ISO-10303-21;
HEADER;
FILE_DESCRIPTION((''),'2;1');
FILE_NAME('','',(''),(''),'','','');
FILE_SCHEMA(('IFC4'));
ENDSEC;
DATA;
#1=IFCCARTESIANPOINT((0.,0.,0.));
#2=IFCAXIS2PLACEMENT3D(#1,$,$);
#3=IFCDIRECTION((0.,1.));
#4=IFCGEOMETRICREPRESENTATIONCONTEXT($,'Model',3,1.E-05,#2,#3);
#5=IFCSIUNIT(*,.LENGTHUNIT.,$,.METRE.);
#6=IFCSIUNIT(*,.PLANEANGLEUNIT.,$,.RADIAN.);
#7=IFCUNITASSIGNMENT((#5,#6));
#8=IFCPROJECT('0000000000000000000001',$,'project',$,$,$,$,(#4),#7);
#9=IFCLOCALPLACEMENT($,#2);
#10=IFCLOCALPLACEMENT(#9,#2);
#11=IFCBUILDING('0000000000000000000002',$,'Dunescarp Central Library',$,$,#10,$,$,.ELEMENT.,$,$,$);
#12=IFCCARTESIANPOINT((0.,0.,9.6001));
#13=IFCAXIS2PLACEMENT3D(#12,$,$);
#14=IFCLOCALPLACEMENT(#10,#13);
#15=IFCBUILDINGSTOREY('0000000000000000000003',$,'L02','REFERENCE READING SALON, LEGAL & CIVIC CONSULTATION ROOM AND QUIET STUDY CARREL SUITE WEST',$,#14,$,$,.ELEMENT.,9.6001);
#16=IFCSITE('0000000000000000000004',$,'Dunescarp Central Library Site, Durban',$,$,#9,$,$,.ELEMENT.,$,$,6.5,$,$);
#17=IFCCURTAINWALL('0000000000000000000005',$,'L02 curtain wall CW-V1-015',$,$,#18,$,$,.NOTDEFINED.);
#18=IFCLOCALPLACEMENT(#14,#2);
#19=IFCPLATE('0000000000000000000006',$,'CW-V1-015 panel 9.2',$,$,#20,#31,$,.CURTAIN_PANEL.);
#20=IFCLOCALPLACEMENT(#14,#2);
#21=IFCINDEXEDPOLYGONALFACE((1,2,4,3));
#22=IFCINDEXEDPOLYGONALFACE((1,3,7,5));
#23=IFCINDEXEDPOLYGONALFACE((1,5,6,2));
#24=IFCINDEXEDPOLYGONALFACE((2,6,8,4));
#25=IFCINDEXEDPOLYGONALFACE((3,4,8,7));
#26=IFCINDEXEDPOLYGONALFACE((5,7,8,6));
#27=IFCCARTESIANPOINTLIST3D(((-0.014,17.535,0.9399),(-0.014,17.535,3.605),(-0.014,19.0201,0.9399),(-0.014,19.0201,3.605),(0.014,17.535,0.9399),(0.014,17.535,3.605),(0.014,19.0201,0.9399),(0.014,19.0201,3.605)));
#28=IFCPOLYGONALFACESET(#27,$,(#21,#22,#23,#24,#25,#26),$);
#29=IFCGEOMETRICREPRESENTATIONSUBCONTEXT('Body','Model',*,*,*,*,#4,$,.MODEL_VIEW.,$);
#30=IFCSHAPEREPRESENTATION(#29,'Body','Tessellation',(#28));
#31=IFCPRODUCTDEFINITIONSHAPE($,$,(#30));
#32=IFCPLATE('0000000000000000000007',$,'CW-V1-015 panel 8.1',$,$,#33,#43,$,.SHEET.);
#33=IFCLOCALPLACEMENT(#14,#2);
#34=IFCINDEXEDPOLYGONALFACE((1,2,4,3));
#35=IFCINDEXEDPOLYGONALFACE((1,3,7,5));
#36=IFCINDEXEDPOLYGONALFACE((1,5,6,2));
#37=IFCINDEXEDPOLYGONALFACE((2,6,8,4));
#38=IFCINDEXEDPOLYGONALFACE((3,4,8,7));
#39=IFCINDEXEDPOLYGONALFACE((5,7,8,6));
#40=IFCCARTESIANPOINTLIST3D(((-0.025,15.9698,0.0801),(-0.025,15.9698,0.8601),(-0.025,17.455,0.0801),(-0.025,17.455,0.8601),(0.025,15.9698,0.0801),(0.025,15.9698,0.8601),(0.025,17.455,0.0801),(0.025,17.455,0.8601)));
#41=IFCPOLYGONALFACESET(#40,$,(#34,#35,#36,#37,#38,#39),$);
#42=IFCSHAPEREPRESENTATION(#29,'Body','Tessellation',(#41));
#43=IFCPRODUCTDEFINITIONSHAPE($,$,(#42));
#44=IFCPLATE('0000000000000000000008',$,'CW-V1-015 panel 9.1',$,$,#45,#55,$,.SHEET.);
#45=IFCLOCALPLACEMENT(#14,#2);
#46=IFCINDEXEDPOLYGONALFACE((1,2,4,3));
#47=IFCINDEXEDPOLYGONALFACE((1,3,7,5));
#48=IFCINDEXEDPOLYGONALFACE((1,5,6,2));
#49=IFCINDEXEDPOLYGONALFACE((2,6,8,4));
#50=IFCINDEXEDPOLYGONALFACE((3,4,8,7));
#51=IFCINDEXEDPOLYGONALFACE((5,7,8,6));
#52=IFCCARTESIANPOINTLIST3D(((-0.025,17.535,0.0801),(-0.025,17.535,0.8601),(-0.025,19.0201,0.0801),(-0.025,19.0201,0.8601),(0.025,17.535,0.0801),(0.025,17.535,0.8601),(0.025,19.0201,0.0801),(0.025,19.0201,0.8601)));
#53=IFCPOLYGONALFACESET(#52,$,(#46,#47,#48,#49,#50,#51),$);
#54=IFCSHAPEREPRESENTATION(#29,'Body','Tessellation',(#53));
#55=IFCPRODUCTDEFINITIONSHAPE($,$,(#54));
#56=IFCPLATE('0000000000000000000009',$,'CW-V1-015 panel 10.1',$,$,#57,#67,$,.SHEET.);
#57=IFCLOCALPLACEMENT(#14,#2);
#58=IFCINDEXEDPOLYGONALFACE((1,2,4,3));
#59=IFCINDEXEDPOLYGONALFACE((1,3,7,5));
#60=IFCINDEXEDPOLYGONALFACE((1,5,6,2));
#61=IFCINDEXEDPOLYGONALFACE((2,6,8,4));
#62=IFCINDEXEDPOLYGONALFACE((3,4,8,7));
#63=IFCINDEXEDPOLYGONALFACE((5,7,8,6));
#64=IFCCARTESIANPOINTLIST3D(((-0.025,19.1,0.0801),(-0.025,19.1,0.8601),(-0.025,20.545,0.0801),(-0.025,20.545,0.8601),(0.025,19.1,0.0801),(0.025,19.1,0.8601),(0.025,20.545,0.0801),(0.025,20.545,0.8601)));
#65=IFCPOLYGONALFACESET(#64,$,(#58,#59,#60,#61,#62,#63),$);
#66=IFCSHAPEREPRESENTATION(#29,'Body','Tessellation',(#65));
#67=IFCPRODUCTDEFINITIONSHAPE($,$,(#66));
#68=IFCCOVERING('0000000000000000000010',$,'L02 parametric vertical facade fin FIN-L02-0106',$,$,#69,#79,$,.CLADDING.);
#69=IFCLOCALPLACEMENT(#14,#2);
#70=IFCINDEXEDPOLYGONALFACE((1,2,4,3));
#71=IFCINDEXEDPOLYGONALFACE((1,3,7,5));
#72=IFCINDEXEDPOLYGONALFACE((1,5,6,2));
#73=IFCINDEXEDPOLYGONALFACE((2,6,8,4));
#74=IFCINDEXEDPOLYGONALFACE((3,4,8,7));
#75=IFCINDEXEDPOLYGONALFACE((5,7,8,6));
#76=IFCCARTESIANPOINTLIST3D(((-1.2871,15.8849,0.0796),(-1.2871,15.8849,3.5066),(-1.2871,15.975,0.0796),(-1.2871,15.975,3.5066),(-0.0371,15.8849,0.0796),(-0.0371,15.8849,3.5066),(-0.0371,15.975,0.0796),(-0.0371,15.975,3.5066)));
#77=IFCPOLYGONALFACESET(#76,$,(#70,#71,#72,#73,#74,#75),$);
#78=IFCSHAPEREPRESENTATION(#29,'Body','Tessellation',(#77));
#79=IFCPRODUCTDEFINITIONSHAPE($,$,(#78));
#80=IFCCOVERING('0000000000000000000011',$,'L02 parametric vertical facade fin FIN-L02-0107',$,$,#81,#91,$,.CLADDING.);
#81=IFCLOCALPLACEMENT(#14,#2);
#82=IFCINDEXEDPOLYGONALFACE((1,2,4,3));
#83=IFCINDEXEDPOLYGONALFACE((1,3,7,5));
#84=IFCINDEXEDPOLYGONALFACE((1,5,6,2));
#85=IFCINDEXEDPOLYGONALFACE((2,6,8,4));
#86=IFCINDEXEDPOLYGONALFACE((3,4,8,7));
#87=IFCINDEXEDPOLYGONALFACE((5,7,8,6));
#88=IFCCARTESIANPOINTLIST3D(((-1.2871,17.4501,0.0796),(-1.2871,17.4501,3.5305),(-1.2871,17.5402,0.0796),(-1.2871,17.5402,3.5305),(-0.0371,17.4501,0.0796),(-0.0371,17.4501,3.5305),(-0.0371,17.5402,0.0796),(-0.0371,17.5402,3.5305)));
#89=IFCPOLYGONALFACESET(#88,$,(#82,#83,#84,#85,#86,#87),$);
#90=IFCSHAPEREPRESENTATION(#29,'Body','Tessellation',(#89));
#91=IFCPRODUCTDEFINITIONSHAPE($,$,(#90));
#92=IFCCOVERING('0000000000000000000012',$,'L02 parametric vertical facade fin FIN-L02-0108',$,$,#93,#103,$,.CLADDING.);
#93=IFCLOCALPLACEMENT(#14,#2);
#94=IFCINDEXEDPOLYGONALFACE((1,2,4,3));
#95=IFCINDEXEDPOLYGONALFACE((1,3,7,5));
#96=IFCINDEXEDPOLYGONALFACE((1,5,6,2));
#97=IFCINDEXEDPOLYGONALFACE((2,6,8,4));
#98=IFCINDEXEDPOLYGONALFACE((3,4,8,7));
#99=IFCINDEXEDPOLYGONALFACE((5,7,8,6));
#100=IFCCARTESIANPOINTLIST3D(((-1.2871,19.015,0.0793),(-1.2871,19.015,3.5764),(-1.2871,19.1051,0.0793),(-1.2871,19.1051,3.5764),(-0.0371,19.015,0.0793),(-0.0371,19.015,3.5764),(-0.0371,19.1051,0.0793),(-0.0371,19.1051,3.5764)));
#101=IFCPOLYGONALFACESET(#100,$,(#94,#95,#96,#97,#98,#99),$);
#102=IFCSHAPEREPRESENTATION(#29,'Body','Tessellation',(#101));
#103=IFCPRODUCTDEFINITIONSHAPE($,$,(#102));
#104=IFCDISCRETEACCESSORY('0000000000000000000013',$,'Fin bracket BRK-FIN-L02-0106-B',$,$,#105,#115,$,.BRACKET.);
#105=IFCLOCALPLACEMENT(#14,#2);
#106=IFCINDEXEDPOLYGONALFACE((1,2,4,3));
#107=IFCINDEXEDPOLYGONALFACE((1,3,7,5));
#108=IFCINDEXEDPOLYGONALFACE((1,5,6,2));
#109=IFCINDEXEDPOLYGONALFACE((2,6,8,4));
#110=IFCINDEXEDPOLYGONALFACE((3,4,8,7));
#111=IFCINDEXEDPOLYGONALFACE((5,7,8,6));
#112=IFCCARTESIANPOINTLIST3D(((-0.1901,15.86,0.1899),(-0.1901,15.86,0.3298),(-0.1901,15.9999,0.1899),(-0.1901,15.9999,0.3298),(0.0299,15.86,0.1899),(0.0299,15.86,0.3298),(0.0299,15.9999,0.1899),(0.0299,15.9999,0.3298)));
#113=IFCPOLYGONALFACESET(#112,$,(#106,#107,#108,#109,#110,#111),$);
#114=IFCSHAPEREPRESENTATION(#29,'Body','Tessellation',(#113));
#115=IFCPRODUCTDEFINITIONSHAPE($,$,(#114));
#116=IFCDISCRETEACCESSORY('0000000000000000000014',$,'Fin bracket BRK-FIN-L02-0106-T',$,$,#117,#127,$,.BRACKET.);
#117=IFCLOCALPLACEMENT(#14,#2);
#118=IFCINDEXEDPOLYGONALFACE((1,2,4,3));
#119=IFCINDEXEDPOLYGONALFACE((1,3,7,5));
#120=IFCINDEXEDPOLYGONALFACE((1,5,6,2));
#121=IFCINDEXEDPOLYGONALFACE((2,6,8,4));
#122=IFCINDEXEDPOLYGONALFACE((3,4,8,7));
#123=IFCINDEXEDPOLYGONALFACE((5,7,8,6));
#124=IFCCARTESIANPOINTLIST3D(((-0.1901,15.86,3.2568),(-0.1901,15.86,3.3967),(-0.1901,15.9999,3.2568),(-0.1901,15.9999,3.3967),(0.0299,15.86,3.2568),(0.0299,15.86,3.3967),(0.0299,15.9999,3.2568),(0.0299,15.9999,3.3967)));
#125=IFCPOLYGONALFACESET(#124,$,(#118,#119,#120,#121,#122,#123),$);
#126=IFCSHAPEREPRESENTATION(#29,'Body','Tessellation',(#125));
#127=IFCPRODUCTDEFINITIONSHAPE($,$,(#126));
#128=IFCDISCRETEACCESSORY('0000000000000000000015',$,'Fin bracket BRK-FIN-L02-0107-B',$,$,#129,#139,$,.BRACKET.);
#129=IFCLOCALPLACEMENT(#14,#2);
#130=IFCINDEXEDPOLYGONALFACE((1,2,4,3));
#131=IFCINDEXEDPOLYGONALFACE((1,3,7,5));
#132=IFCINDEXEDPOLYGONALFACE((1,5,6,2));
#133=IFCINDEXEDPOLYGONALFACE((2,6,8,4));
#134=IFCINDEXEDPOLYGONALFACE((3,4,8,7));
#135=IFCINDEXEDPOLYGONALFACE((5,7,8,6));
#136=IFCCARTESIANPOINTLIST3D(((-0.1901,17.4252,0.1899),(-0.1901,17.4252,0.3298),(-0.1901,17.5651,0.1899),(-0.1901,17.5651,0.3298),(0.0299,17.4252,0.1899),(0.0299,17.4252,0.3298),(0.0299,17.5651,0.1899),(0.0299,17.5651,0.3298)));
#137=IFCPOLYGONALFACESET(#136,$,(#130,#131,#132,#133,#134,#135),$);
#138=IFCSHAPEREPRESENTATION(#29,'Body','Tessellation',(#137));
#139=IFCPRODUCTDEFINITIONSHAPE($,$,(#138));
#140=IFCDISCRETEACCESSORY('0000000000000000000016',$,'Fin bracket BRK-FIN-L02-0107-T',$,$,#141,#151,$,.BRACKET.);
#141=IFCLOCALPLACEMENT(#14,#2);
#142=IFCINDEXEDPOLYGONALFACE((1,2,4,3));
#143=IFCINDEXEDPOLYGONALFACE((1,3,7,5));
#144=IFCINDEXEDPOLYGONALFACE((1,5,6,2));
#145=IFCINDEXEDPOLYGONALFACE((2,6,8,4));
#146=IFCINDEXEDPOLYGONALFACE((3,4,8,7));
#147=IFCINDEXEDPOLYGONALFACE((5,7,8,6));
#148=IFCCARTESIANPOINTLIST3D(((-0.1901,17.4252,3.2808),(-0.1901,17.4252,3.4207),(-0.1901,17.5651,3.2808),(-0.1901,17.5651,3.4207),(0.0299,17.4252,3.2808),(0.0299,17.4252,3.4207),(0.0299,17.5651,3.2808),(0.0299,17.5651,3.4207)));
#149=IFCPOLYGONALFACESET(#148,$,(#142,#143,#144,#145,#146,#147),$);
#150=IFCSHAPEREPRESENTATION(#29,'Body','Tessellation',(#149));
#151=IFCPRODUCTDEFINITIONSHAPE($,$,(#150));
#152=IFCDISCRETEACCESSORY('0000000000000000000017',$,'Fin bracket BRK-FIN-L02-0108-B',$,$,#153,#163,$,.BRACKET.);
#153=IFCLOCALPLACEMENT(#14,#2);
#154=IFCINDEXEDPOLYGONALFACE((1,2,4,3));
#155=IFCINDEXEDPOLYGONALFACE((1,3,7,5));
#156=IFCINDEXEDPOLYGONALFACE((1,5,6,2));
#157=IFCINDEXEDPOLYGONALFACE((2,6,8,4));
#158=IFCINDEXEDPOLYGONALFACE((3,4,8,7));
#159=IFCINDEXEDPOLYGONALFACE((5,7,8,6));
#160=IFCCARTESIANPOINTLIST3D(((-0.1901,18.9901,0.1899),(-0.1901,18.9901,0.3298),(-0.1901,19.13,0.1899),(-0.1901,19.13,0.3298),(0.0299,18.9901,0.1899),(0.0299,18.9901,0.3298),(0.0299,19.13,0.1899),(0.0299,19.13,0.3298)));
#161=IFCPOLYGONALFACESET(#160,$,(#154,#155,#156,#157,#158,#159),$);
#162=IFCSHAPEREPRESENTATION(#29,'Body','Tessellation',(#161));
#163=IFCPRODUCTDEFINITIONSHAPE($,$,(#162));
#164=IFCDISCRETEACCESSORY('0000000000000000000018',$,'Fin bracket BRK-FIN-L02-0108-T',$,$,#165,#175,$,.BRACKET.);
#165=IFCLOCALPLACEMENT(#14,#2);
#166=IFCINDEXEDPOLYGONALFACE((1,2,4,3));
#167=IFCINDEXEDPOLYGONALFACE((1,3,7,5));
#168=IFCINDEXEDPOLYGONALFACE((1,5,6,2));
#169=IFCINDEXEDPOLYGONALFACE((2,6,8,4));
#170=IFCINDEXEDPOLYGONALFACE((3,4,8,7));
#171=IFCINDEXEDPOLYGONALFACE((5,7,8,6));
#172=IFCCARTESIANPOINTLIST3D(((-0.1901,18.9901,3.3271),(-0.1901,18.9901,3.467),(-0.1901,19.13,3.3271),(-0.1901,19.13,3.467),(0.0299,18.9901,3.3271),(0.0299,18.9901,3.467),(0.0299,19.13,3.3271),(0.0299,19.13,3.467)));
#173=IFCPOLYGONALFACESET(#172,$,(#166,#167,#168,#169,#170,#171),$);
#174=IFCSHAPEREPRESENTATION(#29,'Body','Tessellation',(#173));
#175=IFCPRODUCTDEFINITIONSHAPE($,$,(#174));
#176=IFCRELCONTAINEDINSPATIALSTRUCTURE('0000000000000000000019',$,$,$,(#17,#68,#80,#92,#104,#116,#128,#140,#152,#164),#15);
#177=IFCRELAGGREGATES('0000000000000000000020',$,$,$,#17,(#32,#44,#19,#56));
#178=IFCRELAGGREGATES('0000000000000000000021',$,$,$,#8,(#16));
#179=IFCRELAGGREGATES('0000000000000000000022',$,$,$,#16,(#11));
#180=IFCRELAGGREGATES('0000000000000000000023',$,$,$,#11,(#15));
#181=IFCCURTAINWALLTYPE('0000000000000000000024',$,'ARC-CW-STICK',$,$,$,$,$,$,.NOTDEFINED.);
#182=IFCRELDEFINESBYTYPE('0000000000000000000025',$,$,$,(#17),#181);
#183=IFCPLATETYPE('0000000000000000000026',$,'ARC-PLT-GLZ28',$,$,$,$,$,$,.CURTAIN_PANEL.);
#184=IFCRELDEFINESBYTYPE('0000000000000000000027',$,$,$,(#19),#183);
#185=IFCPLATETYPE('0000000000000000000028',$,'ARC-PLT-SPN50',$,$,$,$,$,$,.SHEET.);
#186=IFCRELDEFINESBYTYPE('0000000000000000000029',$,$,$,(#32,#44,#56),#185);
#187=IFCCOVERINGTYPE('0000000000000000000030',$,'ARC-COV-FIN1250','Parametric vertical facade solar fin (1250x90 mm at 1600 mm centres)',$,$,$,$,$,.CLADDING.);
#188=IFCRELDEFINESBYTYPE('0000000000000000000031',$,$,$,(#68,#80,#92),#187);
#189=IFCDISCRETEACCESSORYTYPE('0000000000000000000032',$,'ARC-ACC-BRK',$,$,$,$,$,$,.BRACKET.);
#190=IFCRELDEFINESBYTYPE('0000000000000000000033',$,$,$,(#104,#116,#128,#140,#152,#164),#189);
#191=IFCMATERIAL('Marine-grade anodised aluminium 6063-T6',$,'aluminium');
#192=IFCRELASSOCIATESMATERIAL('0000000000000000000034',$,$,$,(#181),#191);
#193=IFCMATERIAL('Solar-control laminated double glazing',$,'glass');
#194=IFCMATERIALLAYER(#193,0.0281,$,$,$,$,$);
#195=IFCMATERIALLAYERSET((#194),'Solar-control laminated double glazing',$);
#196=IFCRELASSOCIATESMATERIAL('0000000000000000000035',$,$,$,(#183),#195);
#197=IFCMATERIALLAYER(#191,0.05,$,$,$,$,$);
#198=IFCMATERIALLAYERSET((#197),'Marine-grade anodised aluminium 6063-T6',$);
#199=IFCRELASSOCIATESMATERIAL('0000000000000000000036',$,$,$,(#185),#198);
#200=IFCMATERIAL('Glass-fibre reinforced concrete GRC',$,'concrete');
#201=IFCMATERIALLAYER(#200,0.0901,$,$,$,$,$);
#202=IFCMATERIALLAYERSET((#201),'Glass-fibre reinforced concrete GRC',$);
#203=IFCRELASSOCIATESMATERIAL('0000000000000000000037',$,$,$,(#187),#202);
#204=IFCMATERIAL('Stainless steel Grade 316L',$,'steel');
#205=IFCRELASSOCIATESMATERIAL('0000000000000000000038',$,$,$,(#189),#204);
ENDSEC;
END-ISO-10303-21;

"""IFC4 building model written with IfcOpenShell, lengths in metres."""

from ifc_helpers import new_model, si_unit, direction, frame, origin, origin_2d, place, context, subcontext, project, spatial, rectangle, extrude, material, layer, layer_set, type_object, element, aggregate, save


model = new_model("IFC4")

# Units and contexts
model_context = context("Model", 3, precision=1e-05, world=origin(), true_north=direction((0.0, 1.0)))
body_context = subcontext(model_context, "Body", "Model", "MODEL_VIEW")
ifc_project = project(units=[si_unit("LENGTHUNIT", "METRE"), si_unit("PLANEANGLEUNIT", "RADIAN")], contexts=[model_context])

# Site, building, storey
site_placement = place(None, origin())
site = spatial("IfcSite", under=ifc_project, at=site_placement, Name="Dunescarp Central Library Site, Durban", CompositionType="ELEMENT", RefElevation=6.5)
building_placement = place(site_placement, origin())
building = spatial("IfcBuilding", under=site, at=building_placement, Name="Dunescarp Central Library", CompositionType="ELEMENT")
storey_placement = place(building_placement, frame((0.0, 0.0, 9.6001)))
storey = spatial("IfcBuildingStorey", under=building, at=storey_placement, Name="L02", Description="REFERENCE READING SALON, LEGAL & CIVIC CONSULTATION ROOM AND QUIET STUDY CARREL SUITE WEST", CompositionType="ELEMENT", Elevation=9.6001)

# Curtain wall, plates
ifc_material_1 = material(Name="Marine-grade anodised aluminium 6063-T6", Category="aluminium")
curtain_wall_type = type_object("IfcCurtainWallType", Name="ARC-CW-STICK", PredefinedType="NOTDEFINED", material=ifc_material_1)
curtain_wall_placement = place(storey_placement, origin())
curtain_wall = element("IfcCurtainWall", 1, at=curtain_wall_placement, inside=storey, type_object=curtain_wall_type, Name="L02 curtain wall CW-V1-015", PredefinedType="NOTDEFINED")
ifc_material_2 = material(Name="Solar-control laminated double glazing", Category="glass")
ifc_layer_1 = layer(ifc_material_2, 0.0281)
ifc_layer_set_1 = layer_set([ifc_layer_1], Name="Solar-control laminated double glazing")
plate_type_1 = type_object("IfcPlateType", Name="ARC-PLT-GLZ28", PredefinedType="CURTAIN_PANEL", material=ifc_layer_set_1)
plate_1_placement = place(storey_placement, frame((0.0, 18.2776, 0.9399), z_axis=(0.0, 0.0, 1.0), x_axis=(0.0, 1.0, 0.0)))
plate_1 = element("IfcPlate", 2, at=plate_1_placement, type_object=plate_type_1, Name="CW-V1-015 panel 9.2", PredefinedType="CURTAIN_PANEL", context=body_context, shape_type="SweptSolid", body=[
    extrude(rectangle(XDim=1.4851, YDim=0.0281, at=origin_2d()), origin(), (0.0, 0.0, 1.0), 2.665),
])
ifc_layer_2 = layer(ifc_material_1, 0.05)
ifc_layer_set_2 = layer_set([ifc_layer_2], Name="Marine-grade anodised aluminium 6063-T6")
plate_type_2 = type_object("IfcPlateType", Name="ARC-PLT-SPN50", PredefinedType="SHEET", material=ifc_layer_set_2)
plate_2_placement = place(storey_placement, frame((0.0, 16.7124, 0.0801), z_axis=(0.0, 0.0, 1.0), x_axis=(0.0, 1.0, 0.0)))
plate_2 = element("IfcPlate", 3, at=plate_2_placement, type_object=plate_type_2, Name="CW-V1-015 panel 8.1", PredefinedType="SHEET", context=body_context, shape_type="SweptSolid", body=[
    extrude(rectangle(XDim=1.4851, YDim=0.05, at=origin_2d()), origin(), (0.0, 0.0, 1.0), 0.78),
])
plate_3_placement = place(storey_placement, frame((0.0, 18.2776, 0.0801), z_axis=(0.0, 0.0, 1.0), x_axis=(0.0, 1.0, 0.0)))
plate_3 = element("IfcPlate", 4, at=plate_3_placement, type_object=plate_type_2, Name="CW-V1-015 panel 9.1", PredefinedType="SHEET", context=body_context, shape_type="SweptSolid", body=[
    extrude(rectangle(XDim=1.4851, YDim=0.05, at=origin_2d()), origin(), (0.0, 0.0, 1.0), 0.78),
])
plate_4_placement = place(storey_placement, frame((0.0, 19.8225, 0.0801), z_axis=(0.0, 0.0, 1.0), x_axis=(0.0, 1.0, 0.0)))
plate_4 = element("IfcPlate", 5, at=plate_4_placement, type_object=plate_type_2, Name="CW-V1-015 panel 10.1", PredefinedType="SHEET", context=body_context, shape_type="SweptSolid", body=[
    extrude(rectangle(XDim=1.4451, YDim=0.05, at=origin_2d()), origin(), (0.0, 0.0, 1.0), 0.78),
])
aggregate(curtain_wall, [plate_2, plate_3, plate_1, plate_4])

# Coverings
ifc_material_3 = material(Name="Glass-fibre reinforced concrete GRC", Category="concrete")
ifc_layer_3 = layer(ifc_material_3, 0.0901)
ifc_layer_set_3 = layer_set([ifc_layer_3], Name="Glass-fibre reinforced concrete GRC")
covering_type = type_object("IfcCoveringType", Name="ARC-COV-FIN1250", Description="Parametric vertical facade solar fin (1250x90 mm at 1600 mm centres)", PredefinedType="CLADDING", material=ifc_layer_set_3)
covering_1_placement = place(storey_placement, frame((-0.6621, 15.9299, 0.0796), z_axis=(0.0, 0.0, 1.0), x_axis=(-1.0, 0.0, 0.0)))
element("IfcCovering", 6, at=covering_1_placement, inside=storey, type_object=covering_type, Name="L02 parametric vertical facade fin FIN-L02-0106", PredefinedType="CLADDING", context=body_context, shape_type="SweptSolid", body=[
    extrude(rectangle(XDim=1.25, YDim=0.0901, at=origin_2d()), origin(), (0.0, 0.0, 1.0), 3.427),
])
covering_2_placement = place(storey_placement, frame((-0.6621, 17.4951, 0.0796), z_axis=(0.0, 0.0, 1.0), x_axis=(-1.0, 0.0, 0.0)))
element("IfcCovering", 7, at=covering_2_placement, inside=storey, type_object=covering_type, Name="L02 parametric vertical facade fin FIN-L02-0107", PredefinedType="CLADDING", context=body_context, shape_type="SweptSolid", body=[
    extrude(rectangle(XDim=1.25, YDim=0.0901, at=origin_2d()), origin(), (0.0, 0.0, 1.0), 3.4509),
])
covering_3_placement = place(storey_placement, frame((-0.6621, 19.0601, 0.0793), z_axis=(0.0, 0.0, 1.0), x_axis=(-1.0, 0.0, 0.0)))
element("IfcCovering", 8, at=covering_3_placement, inside=storey, type_object=covering_type, Name="L02 parametric vertical facade fin FIN-L02-0108", PredefinedType="CLADDING", context=body_context, shape_type="SweptSolid", body=[
    extrude(rectangle(XDim=1.25, YDim=0.0901, at=origin_2d()), origin(), (0.0, 0.0, 1.0), 3.4971),
])

# Discrete accessories
ifc_material_4 = material(Name="Stainless steel Grade 316L", Category="steel")
discrete_accessory_type = type_object("IfcDiscreteAccessoryType", Name="ARC-ACC-BRK", PredefinedType="BRACKET", material=ifc_material_4)
for number, where, z_axis, x_axis, name in (
    (9, (-0.0801, 15.9299, 0.1899), (0.0, 0.0, 1.0), (-1.0, 0.0, 0.0), "Fin bracket BRK-FIN-L02-0106-B"),
    (10, (-0.0801, 15.9299, 3.2568), (0.0, 0.0, 1.0), (-1.0, 0.0, 0.0), "Fin bracket BRK-FIN-L02-0106-T"),
    (11, (-0.0801, 17.4951, 0.1899), (0.0, 0.0, 1.0), (-1.0, 0.0, 0.0), "Fin bracket BRK-FIN-L02-0107-B"),
    (12, (-0.0801, 17.4951, 3.2808), (0.0, 0.0, 1.0), (-1.0, 0.0, 0.0), "Fin bracket BRK-FIN-L02-0107-T"),
    (13, (-0.0801, 19.0601, 0.1899), (0.0, 0.0, 1.0), (-1.0, 0.0, 0.0), "Fin bracket BRK-FIN-L02-0108-B"),
    (14, (-0.0801, 19.0601, 3.3271), (0.0, 0.0, 1.0), (-1.0, 0.0, 0.0), "Fin bracket BRK-FIN-L02-0108-T"),
):
    element("IfcDiscreteAccessory", number, at=place(storey_placement, frame(where, z_axis=z_axis, x_axis=x_axis)), inside=storey, type_object=discrete_accessory_type, Name=name, PredefinedType="BRACKET", context=body_context, shape_type="SweptSolid", body=[
        extrude(rectangle(XDim=0.22, YDim=0.1399, at=origin_2d()), origin(), (0.0, 0.0, 1.0), 0.1399),
    ])

save(model, "model.ifc")
